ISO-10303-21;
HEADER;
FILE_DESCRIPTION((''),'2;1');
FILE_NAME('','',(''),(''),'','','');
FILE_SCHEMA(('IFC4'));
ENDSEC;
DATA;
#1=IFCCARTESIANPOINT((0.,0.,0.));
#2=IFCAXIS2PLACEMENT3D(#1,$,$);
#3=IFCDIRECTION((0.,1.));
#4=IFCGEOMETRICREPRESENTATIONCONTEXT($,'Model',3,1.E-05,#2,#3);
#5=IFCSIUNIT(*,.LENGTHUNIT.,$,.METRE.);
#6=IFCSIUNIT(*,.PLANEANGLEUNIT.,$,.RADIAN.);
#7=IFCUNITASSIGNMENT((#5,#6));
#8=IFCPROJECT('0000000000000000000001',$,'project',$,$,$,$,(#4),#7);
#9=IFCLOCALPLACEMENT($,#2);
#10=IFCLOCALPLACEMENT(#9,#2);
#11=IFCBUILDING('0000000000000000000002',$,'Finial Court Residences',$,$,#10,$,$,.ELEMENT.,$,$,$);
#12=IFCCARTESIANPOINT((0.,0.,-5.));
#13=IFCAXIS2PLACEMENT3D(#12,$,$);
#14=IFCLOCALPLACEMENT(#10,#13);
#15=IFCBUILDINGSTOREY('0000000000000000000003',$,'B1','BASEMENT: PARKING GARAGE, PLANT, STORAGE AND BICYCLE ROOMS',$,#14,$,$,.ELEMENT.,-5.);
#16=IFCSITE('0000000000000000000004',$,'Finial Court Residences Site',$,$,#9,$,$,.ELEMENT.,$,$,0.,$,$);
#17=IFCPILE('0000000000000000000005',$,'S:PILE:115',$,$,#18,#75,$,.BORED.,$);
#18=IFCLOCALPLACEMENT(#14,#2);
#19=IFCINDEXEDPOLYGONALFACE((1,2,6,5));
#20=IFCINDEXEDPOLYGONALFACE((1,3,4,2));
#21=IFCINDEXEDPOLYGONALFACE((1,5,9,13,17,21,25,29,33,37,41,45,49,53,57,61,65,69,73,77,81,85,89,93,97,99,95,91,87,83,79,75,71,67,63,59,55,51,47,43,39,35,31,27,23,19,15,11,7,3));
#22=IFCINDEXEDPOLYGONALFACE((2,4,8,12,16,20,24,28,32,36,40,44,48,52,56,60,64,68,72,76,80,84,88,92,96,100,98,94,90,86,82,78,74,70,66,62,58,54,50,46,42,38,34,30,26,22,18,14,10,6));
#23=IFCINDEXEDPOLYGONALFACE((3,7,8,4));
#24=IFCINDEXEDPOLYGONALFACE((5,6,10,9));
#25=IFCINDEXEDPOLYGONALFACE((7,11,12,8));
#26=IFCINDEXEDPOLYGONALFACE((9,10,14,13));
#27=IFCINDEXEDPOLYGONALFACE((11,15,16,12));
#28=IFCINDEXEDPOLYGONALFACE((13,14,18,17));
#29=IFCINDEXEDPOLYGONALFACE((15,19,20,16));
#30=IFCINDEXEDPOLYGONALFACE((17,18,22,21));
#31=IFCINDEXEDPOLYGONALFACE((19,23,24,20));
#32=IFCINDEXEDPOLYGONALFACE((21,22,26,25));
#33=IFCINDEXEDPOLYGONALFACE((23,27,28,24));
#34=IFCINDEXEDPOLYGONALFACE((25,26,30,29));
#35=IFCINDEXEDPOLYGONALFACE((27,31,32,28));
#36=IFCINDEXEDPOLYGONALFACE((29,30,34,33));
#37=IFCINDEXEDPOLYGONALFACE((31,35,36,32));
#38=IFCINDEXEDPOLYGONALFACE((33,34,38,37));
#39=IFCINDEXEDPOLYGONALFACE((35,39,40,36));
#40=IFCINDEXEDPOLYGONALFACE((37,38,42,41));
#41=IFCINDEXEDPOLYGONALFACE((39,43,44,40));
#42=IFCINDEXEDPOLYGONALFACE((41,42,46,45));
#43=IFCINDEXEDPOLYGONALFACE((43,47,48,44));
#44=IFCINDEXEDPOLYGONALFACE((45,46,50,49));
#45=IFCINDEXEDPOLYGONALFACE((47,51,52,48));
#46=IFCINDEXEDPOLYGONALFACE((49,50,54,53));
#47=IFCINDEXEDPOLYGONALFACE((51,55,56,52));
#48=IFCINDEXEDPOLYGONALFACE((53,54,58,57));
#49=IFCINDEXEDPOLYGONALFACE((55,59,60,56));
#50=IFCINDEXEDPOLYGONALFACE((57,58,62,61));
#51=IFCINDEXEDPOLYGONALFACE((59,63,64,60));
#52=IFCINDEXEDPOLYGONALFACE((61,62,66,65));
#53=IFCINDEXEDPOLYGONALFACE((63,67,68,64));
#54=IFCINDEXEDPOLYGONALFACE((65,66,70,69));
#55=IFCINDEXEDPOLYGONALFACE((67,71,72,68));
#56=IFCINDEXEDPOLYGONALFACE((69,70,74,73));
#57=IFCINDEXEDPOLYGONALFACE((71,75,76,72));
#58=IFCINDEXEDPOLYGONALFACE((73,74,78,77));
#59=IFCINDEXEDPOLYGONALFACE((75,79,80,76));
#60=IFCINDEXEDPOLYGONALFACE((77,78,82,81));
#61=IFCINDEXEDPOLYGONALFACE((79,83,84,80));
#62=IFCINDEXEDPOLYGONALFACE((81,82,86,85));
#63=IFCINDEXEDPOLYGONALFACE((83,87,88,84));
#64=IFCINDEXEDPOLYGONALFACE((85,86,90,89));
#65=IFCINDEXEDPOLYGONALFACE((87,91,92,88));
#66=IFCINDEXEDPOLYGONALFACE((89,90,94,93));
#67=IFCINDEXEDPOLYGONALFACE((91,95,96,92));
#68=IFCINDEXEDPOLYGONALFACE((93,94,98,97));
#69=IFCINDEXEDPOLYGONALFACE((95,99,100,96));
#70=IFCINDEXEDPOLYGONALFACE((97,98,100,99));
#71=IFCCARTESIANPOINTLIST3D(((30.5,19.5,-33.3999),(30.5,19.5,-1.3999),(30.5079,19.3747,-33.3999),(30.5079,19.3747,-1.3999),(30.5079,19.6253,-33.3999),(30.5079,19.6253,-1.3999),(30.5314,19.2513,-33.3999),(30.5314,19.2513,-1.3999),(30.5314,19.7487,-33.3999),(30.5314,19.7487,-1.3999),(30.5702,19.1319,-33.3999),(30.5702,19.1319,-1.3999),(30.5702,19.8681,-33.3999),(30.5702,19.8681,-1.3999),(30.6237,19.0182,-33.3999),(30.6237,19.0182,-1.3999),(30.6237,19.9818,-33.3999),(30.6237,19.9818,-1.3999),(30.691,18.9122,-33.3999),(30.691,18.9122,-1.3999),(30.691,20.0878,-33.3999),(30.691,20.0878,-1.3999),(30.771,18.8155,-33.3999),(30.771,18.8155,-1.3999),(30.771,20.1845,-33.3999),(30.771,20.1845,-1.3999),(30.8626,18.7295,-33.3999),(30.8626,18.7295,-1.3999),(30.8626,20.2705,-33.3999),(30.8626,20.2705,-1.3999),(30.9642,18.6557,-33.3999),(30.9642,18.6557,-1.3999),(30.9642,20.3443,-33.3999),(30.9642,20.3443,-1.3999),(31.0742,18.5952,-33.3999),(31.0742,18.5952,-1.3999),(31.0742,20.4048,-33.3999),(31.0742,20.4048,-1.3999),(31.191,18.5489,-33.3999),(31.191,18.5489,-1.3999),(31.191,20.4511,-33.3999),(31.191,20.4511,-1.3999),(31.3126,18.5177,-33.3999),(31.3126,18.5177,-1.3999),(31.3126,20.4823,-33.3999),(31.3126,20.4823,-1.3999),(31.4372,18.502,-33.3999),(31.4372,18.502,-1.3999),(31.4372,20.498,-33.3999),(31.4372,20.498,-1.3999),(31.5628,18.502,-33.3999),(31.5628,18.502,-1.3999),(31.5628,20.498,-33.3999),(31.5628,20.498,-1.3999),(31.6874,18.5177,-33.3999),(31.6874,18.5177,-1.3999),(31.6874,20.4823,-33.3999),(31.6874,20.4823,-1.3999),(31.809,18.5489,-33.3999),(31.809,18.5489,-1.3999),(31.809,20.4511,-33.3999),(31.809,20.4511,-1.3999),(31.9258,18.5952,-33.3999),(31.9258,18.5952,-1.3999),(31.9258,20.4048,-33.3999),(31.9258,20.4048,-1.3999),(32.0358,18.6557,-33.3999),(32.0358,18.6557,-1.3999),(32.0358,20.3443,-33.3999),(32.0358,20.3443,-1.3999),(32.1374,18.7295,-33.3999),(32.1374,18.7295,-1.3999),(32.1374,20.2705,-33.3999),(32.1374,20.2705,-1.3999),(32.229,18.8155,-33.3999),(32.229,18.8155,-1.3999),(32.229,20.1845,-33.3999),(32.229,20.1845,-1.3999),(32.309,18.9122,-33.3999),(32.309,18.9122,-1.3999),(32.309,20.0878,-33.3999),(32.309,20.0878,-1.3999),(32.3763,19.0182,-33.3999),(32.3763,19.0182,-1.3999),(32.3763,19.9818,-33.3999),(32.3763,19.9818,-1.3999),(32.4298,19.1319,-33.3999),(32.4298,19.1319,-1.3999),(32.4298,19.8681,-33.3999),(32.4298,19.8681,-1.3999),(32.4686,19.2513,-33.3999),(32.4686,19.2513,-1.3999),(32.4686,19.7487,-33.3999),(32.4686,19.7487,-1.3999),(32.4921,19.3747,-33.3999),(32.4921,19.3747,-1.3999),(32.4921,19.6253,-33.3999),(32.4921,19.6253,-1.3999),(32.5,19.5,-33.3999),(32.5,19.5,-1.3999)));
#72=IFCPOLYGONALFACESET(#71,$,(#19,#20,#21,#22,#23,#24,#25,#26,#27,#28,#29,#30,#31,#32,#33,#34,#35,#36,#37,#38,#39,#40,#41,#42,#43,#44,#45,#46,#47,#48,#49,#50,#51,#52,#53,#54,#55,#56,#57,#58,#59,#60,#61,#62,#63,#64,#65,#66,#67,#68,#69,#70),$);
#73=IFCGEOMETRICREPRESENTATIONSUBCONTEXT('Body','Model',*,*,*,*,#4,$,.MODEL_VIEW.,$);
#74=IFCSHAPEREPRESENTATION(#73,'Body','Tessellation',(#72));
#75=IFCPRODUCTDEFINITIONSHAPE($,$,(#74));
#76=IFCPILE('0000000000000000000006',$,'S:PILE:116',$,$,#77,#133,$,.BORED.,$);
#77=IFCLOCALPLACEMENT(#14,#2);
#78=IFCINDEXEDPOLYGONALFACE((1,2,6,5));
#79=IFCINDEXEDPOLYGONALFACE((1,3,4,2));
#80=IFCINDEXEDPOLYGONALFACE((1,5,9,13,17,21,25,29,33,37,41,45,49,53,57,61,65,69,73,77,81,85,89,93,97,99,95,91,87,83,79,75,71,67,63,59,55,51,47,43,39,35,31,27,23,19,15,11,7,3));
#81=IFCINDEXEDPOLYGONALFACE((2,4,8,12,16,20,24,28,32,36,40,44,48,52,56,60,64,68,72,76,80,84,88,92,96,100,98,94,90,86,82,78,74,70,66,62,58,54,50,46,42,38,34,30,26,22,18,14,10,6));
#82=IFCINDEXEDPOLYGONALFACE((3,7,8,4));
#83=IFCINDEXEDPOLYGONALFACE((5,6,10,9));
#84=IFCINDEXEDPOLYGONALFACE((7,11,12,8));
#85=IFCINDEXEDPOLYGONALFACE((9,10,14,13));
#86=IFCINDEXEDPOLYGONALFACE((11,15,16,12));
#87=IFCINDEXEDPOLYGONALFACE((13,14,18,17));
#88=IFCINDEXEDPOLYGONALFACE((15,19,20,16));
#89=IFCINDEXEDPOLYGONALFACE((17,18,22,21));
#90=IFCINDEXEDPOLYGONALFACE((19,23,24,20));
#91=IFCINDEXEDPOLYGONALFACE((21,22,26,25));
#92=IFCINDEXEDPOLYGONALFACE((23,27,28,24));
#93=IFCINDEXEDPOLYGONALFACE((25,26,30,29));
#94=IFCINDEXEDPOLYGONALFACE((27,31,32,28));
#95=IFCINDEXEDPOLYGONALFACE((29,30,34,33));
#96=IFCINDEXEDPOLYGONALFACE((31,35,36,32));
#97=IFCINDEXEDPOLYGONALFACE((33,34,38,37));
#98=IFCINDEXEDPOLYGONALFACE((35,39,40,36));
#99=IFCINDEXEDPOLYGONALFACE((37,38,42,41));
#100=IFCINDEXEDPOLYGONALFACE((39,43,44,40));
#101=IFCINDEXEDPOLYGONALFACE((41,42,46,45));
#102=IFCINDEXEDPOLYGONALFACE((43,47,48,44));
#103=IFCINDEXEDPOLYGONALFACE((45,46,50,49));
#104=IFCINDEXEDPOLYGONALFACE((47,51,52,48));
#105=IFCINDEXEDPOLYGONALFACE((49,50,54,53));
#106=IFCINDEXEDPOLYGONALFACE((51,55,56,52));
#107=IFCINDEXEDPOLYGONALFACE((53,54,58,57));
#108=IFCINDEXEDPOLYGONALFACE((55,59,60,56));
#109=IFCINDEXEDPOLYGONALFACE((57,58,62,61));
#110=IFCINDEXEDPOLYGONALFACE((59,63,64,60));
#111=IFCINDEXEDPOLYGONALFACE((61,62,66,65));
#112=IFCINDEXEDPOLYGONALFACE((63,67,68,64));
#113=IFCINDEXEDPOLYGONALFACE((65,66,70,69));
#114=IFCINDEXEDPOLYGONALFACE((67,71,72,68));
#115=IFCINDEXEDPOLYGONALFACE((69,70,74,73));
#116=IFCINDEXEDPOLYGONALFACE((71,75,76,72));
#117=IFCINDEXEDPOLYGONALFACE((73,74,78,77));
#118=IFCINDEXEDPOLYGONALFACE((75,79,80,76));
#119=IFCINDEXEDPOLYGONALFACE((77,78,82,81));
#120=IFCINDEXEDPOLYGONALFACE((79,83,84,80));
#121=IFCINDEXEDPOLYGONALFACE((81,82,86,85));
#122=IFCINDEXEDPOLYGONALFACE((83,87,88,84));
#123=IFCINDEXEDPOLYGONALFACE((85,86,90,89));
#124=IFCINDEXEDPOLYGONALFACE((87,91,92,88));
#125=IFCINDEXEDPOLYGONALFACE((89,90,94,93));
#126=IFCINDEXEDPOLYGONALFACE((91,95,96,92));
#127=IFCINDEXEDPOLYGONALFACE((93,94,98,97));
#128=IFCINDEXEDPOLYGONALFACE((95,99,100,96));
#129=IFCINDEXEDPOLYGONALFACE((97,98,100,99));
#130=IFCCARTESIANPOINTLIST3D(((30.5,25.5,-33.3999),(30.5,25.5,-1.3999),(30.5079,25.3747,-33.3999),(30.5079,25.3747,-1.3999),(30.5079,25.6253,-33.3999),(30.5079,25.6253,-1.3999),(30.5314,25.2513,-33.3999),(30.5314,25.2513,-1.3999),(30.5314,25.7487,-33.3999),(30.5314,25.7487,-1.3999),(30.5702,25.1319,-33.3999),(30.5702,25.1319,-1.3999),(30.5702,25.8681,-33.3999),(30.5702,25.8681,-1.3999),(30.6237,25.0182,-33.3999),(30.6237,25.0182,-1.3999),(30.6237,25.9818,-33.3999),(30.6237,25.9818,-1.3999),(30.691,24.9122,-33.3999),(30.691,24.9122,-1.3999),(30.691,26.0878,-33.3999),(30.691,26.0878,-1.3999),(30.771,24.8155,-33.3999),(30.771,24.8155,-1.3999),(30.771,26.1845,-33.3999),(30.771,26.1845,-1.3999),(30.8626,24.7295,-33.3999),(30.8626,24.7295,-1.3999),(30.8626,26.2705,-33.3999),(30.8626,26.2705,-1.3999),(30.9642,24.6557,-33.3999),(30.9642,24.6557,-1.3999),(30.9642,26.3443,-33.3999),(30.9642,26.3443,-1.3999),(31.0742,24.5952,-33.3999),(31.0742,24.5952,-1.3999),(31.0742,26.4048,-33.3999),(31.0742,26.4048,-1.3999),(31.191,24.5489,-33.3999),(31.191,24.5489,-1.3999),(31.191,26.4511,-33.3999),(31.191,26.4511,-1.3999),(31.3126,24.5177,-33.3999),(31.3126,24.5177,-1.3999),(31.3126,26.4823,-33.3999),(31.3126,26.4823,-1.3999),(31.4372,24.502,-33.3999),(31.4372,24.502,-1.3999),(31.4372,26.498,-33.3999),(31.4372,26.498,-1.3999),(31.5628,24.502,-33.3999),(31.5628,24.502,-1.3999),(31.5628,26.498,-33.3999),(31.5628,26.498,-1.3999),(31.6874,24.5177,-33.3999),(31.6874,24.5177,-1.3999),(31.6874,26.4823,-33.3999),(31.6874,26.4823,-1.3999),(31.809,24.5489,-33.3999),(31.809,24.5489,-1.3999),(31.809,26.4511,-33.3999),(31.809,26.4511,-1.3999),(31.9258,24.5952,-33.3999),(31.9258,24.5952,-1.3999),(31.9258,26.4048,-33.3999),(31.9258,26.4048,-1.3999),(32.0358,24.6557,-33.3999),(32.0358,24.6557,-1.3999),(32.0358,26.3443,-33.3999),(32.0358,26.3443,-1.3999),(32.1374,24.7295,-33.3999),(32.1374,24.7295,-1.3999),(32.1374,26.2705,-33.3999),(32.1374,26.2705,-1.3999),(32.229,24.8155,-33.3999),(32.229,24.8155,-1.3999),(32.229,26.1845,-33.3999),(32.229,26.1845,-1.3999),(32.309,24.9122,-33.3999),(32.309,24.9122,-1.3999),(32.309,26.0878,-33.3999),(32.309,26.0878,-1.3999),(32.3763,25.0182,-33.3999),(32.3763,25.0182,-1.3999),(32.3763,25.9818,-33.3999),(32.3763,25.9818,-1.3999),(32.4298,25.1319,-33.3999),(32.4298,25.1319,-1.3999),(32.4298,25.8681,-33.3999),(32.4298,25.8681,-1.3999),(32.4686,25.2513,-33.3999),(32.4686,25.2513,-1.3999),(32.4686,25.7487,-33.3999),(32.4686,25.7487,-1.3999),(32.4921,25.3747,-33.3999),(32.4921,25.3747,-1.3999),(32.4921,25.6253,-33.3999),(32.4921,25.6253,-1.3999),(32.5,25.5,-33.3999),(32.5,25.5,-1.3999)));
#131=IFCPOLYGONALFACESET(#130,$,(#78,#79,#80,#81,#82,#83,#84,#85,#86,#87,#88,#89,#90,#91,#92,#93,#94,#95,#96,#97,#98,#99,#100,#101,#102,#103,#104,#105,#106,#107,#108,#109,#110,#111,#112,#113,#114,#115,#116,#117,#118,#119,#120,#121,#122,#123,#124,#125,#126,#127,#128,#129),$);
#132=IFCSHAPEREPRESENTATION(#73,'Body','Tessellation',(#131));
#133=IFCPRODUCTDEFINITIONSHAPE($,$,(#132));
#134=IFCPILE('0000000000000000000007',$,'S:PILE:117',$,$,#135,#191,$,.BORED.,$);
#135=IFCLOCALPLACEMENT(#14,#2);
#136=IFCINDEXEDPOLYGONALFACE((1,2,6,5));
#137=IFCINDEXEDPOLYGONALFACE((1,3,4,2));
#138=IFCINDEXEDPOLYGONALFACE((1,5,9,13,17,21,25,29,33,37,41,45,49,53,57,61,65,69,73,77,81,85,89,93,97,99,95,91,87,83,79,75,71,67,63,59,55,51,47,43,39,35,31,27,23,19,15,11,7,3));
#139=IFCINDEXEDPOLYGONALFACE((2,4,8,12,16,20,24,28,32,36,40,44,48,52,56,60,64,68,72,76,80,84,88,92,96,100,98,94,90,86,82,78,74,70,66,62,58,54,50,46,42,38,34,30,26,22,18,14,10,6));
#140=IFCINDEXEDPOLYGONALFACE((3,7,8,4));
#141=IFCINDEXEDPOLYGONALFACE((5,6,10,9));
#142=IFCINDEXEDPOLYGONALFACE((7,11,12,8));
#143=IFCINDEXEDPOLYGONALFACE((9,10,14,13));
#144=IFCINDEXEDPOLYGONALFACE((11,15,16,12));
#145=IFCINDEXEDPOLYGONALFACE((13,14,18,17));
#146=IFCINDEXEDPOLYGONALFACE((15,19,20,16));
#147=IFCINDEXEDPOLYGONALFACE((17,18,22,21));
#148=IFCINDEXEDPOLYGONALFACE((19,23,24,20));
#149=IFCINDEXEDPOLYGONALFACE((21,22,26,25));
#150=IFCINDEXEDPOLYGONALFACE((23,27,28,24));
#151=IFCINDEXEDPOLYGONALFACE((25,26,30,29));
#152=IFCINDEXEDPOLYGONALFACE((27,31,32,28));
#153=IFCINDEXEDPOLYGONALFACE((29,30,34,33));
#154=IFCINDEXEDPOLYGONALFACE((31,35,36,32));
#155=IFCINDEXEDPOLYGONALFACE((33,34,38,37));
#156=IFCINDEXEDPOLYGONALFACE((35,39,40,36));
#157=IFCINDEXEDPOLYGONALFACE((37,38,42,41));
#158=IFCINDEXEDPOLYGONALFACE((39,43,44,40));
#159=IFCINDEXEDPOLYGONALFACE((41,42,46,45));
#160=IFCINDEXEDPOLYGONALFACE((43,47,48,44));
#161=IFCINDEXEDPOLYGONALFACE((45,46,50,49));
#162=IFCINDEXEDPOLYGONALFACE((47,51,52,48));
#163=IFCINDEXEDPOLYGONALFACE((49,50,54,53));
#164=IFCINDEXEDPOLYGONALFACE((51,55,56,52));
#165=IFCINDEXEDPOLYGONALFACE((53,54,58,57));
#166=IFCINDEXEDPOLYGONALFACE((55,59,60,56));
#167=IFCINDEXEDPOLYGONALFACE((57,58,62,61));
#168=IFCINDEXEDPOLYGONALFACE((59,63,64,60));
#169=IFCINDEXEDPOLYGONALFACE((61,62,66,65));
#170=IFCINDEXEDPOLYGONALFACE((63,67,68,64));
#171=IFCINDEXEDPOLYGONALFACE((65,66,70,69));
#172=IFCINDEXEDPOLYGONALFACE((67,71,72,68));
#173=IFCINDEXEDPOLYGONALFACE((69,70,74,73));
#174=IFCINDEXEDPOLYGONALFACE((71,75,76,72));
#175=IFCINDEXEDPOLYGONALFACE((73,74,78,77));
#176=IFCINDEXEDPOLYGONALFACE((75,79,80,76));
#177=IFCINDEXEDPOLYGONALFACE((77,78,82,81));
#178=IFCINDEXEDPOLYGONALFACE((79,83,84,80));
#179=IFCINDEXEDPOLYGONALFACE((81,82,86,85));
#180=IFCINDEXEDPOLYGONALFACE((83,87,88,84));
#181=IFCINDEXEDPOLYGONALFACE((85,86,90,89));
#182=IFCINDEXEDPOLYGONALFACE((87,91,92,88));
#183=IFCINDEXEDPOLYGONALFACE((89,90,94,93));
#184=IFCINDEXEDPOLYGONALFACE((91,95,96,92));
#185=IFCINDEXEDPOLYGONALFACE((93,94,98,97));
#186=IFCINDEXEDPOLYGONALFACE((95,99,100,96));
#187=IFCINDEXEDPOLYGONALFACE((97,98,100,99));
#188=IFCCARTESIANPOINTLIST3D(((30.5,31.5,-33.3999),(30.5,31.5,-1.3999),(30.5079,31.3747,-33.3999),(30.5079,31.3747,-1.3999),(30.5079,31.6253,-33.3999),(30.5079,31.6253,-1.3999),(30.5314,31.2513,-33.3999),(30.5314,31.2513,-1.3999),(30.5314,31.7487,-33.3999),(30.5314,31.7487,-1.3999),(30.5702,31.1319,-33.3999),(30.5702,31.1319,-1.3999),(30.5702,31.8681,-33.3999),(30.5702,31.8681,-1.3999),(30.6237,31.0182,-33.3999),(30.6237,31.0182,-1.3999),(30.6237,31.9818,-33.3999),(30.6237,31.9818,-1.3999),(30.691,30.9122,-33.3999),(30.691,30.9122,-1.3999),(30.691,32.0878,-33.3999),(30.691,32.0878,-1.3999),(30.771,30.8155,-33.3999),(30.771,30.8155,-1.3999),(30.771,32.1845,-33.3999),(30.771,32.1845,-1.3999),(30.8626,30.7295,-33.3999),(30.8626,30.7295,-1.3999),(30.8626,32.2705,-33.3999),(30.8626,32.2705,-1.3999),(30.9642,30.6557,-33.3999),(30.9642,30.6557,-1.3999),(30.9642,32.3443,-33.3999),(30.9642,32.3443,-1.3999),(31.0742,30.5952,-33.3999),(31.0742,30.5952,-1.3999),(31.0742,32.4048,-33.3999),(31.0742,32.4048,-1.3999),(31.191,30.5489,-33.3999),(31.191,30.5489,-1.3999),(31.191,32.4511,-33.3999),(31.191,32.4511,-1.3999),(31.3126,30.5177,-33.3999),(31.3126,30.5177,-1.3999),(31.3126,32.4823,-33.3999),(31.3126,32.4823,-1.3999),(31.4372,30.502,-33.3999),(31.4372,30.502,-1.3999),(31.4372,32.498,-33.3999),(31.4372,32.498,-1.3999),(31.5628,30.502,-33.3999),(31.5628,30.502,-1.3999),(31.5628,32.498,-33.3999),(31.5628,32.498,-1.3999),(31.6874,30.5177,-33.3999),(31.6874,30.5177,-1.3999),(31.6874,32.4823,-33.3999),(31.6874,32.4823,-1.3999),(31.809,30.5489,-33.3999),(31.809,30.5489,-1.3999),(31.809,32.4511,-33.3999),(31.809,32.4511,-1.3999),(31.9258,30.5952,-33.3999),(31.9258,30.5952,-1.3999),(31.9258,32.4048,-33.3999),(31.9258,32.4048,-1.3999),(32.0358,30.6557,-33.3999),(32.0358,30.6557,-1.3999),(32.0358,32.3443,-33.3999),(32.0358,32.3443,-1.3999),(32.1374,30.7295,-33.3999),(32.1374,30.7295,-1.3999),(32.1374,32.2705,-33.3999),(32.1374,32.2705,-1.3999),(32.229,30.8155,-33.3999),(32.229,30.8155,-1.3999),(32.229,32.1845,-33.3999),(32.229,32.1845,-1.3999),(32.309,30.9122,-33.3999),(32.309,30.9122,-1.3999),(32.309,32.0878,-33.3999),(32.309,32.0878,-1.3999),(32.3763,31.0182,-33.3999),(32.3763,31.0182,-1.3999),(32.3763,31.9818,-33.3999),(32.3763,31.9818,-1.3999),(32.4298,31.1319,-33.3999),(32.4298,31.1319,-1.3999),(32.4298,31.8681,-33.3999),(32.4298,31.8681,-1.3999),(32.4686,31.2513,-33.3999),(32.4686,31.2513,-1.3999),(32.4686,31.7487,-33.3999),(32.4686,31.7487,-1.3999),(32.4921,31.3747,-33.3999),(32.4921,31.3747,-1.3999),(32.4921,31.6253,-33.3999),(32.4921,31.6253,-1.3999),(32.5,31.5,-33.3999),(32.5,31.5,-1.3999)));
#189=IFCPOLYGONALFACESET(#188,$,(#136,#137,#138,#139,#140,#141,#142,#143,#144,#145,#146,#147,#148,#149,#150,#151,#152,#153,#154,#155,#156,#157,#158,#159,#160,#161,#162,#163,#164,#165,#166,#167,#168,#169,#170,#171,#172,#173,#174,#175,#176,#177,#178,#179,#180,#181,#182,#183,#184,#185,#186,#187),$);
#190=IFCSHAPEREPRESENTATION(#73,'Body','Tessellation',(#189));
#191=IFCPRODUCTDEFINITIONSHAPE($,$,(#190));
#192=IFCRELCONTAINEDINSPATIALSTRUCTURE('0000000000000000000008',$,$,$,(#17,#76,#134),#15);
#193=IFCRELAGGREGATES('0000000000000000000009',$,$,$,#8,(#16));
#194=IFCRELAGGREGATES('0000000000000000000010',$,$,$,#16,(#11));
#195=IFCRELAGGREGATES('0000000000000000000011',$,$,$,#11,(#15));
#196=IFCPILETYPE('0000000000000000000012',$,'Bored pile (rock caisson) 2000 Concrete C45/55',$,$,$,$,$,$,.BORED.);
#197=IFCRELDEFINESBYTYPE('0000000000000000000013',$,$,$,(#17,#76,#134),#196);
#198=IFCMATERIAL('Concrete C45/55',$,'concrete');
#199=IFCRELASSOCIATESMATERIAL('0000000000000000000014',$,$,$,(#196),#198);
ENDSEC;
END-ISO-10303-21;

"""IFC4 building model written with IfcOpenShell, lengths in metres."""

from ifc_helpers import new_model, si_unit, direction, frame, origin, origin_2d, place, context, subcontext, project, spatial, circle, extrude, material, material_profile, profile_set, type_object, element, save


model = new_model("IFC4")

# Units and contexts
model_context = context("Model", 3, precision=1e-05, world=origin(), true_north=direction((0.0, 1.0)))
body_context = subcontext(model_context, "Body", "Model", "MODEL_VIEW")
ifc_project = project(units=[si_unit("LENGTHUNIT", "METRE"), si_unit("PLANEANGLEUNIT", "RADIAN")], contexts=[model_context])

# Site, building, storey
site_placement = place(None, origin())
site = spatial("IfcSite", under=ifc_project, at=site_placement, Name="Finial Court Residences Site", CompositionType="ELEMENT", RefElevation=0.0)
building_placement = place(site_placement, origin())
building = spatial("IfcBuilding", under=site, at=building_placement, Name="Finial Court Residences", CompositionType="ELEMENT")
storey_placement = place(building_placement, frame((0.0, 0.0, -5.0)))
storey = spatial("IfcBuildingStorey", under=building, at=storey_placement, Name="B1", Description="BASEMENT: PARKING GARAGE, PLANT, STORAGE AND BICYCLE ROOMS", CompositionType="ELEMENT", Elevation=-5.0)

# Piles
ifc_material_1 = material(Name="Concrete C45/55", Category="concrete")
ifc_material_profile_1 = material_profile(ifc_material_1, circle(Radius=1.0, at=origin_2d()), Name="D2000")
ifc_profile_set_1 = profile_set([ifc_material_profile_1], Name="Concrete C45/55")
pile_type = type_object("IfcPileType", Name="Bored pile (rock caisson) 2000 Concrete C45/55", PredefinedType="BORED", material=ifc_profile_set_1)
for number, where, z_axis, x_axis, name in (
    (1, (31.5, 19.5, -1.3999), (0.0, 0.0, -1.0), (1.0, 0.0, 0.0), "S:PILE:115"),
    (2, (31.5, 25.5, -1.3999), (0.0, 0.0, -1.0), (1.0, 0.0, 0.0), "S:PILE:116"),
    (3, (31.5, 31.5, -1.3999), (0.0, 0.0, -1.0), (1.0, 0.0, 0.0), "S:PILE:117"),
):
    element("IfcPile", number, at=place(storey_placement, frame(where, z_axis=z_axis, x_axis=x_axis)), inside=storey, type_object=pile_type, Name=name, PredefinedType="BORED", context=body_context, shape_type="SweptSolid", body=[
        extrude(circle(Radius=1.0, at=origin_2d()), origin(), (0.0, 0.0, 1.0), 32.0),
    ])

save(model, "model.ifc")
